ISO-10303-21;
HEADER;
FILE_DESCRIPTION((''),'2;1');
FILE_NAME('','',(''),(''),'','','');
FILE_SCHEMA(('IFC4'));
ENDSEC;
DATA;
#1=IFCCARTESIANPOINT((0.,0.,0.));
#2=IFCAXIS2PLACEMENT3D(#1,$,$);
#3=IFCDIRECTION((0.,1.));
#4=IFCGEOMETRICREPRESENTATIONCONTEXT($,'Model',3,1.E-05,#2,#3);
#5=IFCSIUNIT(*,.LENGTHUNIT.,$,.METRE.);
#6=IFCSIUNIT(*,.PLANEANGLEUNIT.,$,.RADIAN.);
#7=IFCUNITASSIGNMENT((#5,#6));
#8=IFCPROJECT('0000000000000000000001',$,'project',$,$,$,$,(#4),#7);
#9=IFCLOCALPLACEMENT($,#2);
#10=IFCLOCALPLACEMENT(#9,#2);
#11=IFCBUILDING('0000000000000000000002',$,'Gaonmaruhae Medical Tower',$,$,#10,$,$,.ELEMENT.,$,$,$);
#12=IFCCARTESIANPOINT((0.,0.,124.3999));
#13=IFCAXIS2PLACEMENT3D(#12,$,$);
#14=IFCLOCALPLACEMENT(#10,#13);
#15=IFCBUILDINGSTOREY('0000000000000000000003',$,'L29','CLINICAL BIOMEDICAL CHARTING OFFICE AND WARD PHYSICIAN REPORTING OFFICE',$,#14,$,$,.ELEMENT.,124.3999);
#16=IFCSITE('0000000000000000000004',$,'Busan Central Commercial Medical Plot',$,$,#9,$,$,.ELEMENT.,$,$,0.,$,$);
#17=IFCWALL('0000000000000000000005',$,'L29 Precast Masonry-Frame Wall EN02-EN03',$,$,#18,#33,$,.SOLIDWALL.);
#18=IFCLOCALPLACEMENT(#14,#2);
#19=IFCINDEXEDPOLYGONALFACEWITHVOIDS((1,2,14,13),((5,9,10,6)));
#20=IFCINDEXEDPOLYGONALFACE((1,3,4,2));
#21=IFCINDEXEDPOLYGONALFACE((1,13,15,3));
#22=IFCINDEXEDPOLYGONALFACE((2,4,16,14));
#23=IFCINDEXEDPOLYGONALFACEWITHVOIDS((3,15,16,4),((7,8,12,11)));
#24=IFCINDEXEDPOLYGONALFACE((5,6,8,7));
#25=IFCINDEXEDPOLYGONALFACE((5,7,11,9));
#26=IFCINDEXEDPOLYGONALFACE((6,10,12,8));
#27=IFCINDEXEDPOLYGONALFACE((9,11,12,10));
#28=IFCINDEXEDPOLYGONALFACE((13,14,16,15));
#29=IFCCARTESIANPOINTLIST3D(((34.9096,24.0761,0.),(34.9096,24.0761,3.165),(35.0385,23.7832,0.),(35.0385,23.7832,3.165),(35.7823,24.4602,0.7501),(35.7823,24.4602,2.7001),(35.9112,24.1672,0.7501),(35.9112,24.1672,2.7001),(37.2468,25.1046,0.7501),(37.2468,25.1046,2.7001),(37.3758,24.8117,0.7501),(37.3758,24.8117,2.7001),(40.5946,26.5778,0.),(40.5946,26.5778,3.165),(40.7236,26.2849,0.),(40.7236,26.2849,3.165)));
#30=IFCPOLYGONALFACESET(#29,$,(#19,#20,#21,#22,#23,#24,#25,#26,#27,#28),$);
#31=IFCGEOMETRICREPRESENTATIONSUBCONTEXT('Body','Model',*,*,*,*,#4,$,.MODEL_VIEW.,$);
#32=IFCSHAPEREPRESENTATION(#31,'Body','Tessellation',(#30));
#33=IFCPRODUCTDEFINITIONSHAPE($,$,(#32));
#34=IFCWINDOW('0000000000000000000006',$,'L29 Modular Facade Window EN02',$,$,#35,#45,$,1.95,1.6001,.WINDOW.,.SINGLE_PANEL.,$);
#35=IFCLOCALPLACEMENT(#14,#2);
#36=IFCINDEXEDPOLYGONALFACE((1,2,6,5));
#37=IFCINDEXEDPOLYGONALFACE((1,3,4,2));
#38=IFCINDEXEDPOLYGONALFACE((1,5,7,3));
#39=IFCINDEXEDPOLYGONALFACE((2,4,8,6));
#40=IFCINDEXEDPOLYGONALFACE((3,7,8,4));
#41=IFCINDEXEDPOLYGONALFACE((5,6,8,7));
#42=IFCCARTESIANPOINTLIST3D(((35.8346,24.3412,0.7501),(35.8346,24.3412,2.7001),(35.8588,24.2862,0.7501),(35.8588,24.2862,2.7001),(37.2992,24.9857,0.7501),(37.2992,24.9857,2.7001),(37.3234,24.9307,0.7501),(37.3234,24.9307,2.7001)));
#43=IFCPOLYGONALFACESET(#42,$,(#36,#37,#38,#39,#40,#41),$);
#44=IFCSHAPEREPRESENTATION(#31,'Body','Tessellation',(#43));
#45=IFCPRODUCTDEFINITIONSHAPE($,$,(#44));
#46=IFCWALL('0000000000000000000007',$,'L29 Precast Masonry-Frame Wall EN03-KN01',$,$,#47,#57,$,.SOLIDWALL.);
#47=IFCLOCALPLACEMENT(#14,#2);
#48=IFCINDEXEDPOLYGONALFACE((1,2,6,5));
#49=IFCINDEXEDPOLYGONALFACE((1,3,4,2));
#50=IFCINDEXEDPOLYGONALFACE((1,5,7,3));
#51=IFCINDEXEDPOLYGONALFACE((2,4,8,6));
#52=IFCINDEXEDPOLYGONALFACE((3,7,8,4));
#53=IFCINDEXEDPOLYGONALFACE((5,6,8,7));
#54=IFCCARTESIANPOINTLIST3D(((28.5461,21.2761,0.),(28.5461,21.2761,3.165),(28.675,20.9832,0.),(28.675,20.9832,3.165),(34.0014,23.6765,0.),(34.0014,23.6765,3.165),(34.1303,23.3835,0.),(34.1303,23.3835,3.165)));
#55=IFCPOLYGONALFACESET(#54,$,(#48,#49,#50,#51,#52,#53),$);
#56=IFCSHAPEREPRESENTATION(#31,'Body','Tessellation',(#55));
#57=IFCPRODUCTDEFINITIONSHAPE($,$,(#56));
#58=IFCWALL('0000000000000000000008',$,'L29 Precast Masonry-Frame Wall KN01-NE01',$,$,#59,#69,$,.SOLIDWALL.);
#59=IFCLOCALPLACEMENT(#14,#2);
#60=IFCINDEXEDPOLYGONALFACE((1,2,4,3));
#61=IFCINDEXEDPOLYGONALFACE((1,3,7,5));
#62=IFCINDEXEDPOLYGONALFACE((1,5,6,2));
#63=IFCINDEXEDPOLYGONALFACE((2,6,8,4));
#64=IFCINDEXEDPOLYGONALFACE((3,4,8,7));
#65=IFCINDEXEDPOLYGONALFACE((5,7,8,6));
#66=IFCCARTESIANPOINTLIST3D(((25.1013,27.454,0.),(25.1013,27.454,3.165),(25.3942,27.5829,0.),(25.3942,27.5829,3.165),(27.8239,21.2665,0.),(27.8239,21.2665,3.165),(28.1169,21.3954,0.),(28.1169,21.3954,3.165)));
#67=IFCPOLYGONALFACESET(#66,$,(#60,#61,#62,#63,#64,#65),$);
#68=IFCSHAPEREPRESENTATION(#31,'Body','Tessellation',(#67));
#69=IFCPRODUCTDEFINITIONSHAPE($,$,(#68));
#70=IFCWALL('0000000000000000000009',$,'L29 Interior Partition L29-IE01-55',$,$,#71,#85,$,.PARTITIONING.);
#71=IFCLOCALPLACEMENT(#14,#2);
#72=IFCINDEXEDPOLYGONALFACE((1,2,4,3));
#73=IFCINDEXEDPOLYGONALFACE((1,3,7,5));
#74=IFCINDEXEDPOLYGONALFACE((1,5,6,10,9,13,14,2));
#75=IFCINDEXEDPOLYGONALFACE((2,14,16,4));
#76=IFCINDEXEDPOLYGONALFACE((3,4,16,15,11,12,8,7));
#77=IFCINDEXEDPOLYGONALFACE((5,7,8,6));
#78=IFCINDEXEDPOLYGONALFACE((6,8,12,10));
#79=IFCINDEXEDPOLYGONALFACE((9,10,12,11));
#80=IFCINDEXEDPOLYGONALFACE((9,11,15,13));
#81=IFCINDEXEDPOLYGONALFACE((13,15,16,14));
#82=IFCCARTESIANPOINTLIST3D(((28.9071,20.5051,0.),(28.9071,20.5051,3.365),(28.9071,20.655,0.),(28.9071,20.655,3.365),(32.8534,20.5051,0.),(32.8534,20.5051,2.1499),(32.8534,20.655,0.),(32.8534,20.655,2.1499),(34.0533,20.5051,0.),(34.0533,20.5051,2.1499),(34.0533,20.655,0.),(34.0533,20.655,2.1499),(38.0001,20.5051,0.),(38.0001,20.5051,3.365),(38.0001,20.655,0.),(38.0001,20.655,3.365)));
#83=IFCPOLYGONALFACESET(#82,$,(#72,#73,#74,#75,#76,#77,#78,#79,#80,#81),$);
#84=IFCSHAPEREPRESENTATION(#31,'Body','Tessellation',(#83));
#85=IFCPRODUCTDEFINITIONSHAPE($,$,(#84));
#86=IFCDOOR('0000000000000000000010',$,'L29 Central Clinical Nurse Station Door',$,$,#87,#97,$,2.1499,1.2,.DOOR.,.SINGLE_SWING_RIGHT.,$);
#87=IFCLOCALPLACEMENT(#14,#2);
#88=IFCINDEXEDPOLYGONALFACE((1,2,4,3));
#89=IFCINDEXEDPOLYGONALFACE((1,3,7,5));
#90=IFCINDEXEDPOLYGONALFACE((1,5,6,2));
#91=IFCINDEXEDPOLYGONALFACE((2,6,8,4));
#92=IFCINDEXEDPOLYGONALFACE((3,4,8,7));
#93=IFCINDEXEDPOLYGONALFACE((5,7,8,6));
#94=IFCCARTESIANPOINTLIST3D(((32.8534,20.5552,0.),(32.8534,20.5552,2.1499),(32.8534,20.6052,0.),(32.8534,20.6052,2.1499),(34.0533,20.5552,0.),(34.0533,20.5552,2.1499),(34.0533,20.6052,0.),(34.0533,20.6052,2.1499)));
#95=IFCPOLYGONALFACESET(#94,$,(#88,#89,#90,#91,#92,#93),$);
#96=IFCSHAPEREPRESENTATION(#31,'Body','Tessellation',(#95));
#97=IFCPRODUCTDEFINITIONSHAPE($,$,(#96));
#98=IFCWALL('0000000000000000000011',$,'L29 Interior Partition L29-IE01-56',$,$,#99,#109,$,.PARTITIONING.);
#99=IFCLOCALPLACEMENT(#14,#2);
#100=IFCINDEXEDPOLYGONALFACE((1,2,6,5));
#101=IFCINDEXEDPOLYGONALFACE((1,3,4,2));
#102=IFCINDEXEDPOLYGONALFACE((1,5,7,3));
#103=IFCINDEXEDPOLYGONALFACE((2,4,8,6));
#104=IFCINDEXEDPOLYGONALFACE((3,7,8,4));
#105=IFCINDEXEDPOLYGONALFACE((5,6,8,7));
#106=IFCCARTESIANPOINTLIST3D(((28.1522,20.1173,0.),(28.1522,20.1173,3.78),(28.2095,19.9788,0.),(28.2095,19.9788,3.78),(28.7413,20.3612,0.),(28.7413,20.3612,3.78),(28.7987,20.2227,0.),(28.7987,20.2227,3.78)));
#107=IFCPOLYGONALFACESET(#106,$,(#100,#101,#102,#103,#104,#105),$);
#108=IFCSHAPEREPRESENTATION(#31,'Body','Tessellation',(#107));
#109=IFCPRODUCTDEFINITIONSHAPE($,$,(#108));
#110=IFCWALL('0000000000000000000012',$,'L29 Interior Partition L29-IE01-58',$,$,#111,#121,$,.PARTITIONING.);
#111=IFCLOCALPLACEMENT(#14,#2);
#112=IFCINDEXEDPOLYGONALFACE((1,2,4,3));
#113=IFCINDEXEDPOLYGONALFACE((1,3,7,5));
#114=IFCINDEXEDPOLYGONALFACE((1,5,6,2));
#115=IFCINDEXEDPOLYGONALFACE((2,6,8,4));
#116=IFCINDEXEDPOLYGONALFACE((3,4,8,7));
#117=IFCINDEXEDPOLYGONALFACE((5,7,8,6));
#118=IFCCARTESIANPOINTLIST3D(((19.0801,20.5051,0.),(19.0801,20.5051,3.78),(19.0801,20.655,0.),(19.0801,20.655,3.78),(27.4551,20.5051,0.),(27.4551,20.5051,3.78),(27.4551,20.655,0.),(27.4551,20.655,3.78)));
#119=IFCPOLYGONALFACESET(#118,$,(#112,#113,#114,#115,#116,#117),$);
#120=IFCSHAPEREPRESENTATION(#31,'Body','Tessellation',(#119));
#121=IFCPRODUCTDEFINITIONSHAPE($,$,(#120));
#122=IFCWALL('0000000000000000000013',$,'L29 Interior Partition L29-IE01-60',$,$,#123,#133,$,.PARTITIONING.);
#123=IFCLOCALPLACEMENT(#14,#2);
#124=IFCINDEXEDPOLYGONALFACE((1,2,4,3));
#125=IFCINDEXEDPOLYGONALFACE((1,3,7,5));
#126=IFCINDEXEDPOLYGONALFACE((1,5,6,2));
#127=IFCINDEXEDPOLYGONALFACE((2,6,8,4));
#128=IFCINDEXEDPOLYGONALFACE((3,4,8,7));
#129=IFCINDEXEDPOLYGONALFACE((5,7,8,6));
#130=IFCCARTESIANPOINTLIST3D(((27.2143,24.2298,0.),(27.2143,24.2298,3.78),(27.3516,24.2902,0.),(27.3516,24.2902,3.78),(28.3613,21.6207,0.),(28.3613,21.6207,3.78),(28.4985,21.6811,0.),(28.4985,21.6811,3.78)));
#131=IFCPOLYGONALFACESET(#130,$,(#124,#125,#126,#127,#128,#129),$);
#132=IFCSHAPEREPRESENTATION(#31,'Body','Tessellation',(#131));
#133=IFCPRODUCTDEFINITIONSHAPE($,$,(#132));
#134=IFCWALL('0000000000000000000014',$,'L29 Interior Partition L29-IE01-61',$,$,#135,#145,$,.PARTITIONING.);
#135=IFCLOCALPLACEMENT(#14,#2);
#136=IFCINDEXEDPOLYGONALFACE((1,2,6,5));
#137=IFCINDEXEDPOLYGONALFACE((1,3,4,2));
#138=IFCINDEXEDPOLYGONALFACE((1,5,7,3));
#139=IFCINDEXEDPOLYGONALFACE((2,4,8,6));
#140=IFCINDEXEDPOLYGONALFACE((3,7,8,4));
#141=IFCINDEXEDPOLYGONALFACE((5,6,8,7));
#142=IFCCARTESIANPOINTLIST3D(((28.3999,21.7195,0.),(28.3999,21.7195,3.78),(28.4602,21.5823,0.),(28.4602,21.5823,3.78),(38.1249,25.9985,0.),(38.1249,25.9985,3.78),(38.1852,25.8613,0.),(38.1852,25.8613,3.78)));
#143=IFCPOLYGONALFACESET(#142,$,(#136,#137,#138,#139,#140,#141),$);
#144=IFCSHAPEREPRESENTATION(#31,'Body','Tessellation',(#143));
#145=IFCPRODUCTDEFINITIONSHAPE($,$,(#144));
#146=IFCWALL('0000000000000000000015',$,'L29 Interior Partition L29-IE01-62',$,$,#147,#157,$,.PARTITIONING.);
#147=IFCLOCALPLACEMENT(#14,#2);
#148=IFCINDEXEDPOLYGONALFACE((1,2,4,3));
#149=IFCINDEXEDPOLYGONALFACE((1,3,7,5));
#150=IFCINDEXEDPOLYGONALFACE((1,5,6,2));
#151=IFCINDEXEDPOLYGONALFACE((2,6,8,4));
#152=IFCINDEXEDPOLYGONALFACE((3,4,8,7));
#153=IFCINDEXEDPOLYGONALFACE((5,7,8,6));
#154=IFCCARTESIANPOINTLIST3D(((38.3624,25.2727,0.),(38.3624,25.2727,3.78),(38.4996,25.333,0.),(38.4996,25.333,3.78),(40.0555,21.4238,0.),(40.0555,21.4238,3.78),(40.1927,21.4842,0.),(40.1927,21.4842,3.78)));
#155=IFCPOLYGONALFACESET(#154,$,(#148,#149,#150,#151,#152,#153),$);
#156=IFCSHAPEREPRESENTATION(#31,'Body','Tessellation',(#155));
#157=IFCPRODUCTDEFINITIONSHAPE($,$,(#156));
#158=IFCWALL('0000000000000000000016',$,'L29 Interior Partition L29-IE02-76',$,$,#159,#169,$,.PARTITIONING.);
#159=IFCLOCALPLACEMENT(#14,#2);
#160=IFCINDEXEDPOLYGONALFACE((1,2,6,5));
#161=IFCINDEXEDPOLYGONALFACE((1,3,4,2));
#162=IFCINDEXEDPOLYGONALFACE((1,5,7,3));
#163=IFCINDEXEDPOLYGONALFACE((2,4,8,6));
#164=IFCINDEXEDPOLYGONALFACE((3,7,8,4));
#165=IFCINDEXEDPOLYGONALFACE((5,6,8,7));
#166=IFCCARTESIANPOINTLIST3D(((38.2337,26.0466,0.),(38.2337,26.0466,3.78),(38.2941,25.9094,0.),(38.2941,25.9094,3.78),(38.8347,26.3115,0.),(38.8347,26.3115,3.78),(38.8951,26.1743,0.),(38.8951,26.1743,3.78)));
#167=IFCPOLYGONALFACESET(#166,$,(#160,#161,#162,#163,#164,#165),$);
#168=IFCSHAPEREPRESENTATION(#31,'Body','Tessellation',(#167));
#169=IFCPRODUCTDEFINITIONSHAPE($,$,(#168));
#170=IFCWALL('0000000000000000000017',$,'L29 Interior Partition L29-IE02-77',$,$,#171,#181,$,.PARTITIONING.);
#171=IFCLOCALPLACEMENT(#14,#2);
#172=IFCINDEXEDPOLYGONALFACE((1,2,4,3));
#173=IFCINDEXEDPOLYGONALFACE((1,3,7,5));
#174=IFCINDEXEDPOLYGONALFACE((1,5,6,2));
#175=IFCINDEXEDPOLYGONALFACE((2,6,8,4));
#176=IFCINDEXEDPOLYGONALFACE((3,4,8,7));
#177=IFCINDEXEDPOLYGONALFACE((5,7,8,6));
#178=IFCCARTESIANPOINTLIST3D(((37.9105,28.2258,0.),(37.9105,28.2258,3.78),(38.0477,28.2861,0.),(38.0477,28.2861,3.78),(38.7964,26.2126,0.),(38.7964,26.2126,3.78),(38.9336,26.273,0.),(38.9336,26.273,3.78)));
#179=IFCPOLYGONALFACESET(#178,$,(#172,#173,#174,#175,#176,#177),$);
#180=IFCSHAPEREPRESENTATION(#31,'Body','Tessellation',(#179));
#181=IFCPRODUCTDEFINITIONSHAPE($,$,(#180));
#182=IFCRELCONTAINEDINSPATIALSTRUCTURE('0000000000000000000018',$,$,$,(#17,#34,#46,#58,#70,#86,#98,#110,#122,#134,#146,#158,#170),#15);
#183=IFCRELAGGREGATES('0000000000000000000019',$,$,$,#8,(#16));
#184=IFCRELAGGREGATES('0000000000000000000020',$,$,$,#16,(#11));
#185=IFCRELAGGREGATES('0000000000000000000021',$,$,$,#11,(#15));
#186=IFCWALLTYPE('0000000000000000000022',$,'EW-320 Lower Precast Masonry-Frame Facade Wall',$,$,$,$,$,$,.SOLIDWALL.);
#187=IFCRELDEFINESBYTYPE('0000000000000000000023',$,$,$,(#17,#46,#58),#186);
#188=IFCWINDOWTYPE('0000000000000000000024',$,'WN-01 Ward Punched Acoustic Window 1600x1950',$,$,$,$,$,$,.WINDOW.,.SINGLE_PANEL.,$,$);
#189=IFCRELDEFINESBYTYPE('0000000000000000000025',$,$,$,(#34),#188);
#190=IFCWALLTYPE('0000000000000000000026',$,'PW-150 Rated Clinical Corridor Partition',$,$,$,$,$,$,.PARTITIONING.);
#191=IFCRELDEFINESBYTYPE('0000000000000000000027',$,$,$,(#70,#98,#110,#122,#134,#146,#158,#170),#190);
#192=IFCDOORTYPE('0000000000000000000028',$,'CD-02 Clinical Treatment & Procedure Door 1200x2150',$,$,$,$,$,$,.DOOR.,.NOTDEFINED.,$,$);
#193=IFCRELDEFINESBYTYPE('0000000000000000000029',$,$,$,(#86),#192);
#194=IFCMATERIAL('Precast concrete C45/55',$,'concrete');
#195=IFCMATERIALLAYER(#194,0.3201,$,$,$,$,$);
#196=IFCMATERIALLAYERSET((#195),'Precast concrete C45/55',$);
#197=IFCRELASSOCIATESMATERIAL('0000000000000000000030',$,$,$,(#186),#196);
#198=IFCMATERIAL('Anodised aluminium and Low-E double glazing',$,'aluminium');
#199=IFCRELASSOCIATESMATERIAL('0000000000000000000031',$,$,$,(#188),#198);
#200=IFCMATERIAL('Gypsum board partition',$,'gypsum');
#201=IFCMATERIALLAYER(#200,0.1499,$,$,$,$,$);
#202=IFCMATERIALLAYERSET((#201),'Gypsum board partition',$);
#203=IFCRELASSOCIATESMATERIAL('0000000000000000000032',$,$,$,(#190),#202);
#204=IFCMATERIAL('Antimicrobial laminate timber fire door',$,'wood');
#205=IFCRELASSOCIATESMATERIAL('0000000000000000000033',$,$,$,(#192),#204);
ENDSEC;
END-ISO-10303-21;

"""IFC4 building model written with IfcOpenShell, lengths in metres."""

from ifc_helpers import new_model, si_unit, direction, frame, frame_2d, origin, place, context, subcontext, project, spatial, rectangle, extrude, material, layer, layer_set, type_object, element, fill, save


model = new_model("IFC4")

# Units and contexts
model_context = context("Model", 3, precision=1e-05, world=origin(), true_north=direction((0.0, 1.0)))
body_context = subcontext(model_context, "Body", "Model", "MODEL_VIEW")
ifc_project = project(units=[si_unit("LENGTHUNIT", "METRE"), si_unit("PLANEANGLEUNIT", "RADIAN")], contexts=[model_context])

# Site, building, storey
site_placement = place(None, origin())
site = spatial("IfcSite", under=ifc_project, at=site_placement, Name="Busan Central Commercial Medical Plot", CompositionType="ELEMENT", RefElevation=0.0)
building_placement = place(site_placement, origin())
building = spatial("IfcBuilding", under=site, at=building_placement, Name="Gaonmaruhae Medical Tower", CompositionType="ELEMENT")
storey_placement = place(building_placement, frame((0.0, 0.0, 124.3999)))
storey = spatial("IfcBuildingStorey", under=building, at=storey_placement, Name="L29", Description="CLINICAL BIOMEDICAL CHARTING OFFICE AND WARD PHYSICIAN REPORTING OFFICE", CompositionType="ELEMENT", Elevation=124.3999)

# Wall, opening, window
ifc_material_1 = material(Name="Precast concrete C45/55", Category="concrete")
ifc_layer_1 = layer(ifc_material_1, 0.3201)
ifc_layer_set_1 = layer_set([ifc_layer_1], Name="Precast concrete C45/55")
wall_type_1 = type_object("IfcWallType", Name="EW-320 Lower Precast Masonry-Frame Facade Wall", PredefinedType="SOLIDWALL", material=ifc_layer_set_1)
wall_1_placement = place(storey_placement, frame((34.9741, 23.9297, 0.0), z_axis=(0.0, 0.0, 1.0), x_axis=(0.915298, 0.402777, 0.0)))
wall_1 = element("IfcWall", 1, at=wall_1_placement, inside=storey, type_object=wall_type_1, Name="L29 Precast Masonry-Frame Wall EN02-EN03", PredefinedType="SOLIDWALL", context=body_context, shape_type="SweptSolid", body=[
    extrude(rectangle(XDim=6.2112, YDim=0.3201, at=frame_2d((3.1055, 0.0))), origin(), (0.0, 0.0, 1.0), 3.165),
])
opening_1_placement = place(wall_1_placement, frame((0.9534, 0.0, 0.75)))
opening_1 = element("IfcOpeningElement", 2, at=opening_1_placement, cuts=wall_1, PredefinedType="OPENING", context=body_context, shape_type="SweptSolid", body=[
    extrude(rectangle(XDim=1.6001, YDim=1.95, at=frame_2d((0.8, 0.9751))), frame((0.0, 0.1699, 0.0), z_axis=(0.0, -1.0, 0.0), x_axis=(1.0, 0.0, 0.0)), (0.0, 0.0, 1.0), 0.3401),
])
ifc_material_2 = material(Name="Anodised aluminium and Low-E double glazing", Category="aluminium")
window_type = type_object("IfcWindowType", Name="WN-01 Ward Punched Acoustic Window 1600x1950", PartitioningType="SINGLE_PANEL", PredefinedType="WINDOW", material=ifc_material_2)
window_placement = place(opening_1_placement, origin())
window = element("IfcWindow", 3, at=window_placement, inside=storey, type_object=window_type, Name="L29 Modular Facade Window EN02", OverallHeight=1.95, OverallWidth=1.6001, PartitioningType="SINGLE_PANEL", PredefinedType="WINDOW", context=body_context, shape_type="SweptSolid", body=[
    extrude(rectangle(XDim=1.6001, YDim=1.95, at=frame_2d((0.8, 0.9751))), frame((0.0, 0.03, 0.0), z_axis=(0.0, -1.0, 0.0), x_axis=(1.0, 0.0, 0.0)), (0.0, 0.0, 1.0), 0.0601),
])
fill(opening_1, window)

# Walls
wall_2_placement = place(storey_placement, frame((28.6106, 21.1296, 0.0), z_axis=(0.0, 0.0, 1.0), x_axis=(0.915312, 0.402745, 0.0)))
element("IfcWall", 4, at=wall_2_placement, inside=storey, type_object=wall_type_1, Name="L29 Precast Masonry-Frame Wall EN03-KN01", PredefinedType="SOLIDWALL", context=body_context, shape_type="SweptSolid", body=[
    extrude(rectangle(XDim=5.96, YDim=0.3201, at=frame_2d((2.98, 0.0))), origin(), (0.0, 0.0, 1.0), 3.165),
])
wall_3_placement = place(storey_placement, frame((25.2478, 27.5183, 0.0), z_axis=(0.0, 0.0, 1.0), x_axis=(0.402758, -0.915307, 0.0)))
element("IfcWall", 5, at=wall_3_placement, inside=storey, type_object=wall_type_1, Name="L29 Precast Masonry-Frame Wall KN01-NE01", PredefinedType="SOLIDWALL", context=body_context, shape_type="SweptSolid", body=[
    extrude(rectangle(XDim=6.76, YDim=0.3201, at=frame_2d((3.3799, 0.0))), origin(), (0.0, 0.0, 1.0), 3.165),
])

# Wall, opening, door
ifc_material_3 = material(Name="Gypsum board partition", Category="gypsum")
ifc_layer_2 = layer(ifc_material_3, 0.1499)
ifc_layer_set_2 = layer_set([ifc_layer_2], Name="Gypsum board partition")
wall_type_2 = type_object("IfcWallType", Name="PW-150 Rated Clinical Corridor Partition", PredefinedType="PARTITIONING", material=ifc_layer_set_2)
wall_4_placement = place(storey_placement, frame((38.0, 20.5801, 0.0), z_axis=(0.0, 0.0, 1.0), x_axis=(-1.0, 0.0, 0.0)))
wall_4 = element("IfcWall", 6, at=wall_4_placement, inside=storey, type_object=wall_type_2, Name="L29 Interior Partition L29-IE01-55", PredefinedType="PARTITIONING", context=body_context, shape_type="SweptSolid", body=[
    extrude(rectangle(XDim=9.093, YDim=0.1499, at=frame_2d((4.5464, 0.0))), origin(), (0.0, 0.0, 1.0), 3.365),
])
opening_2_placement = place(wall_4_placement, frame((3.9465, 0.0, 0.0)))
opening_2 = element("IfcOpeningElement", 7, at=opening_2_placement, cuts=wall_4, PredefinedType="OPENING", context=body_context, shape_type="SweptSolid", body=[
    extrude(rectangle(XDim=1.2, YDim=2.1499, at=frame_2d((0.6001, 1.075))), frame((0.0, 0.085, 0.0), z_axis=(0.0, -1.0, 0.0), x_axis=(1.0, 0.0, 0.0)), (0.0, 0.0, 1.0), 0.1699),
])
ifc_material_4 = material(Name="Antimicrobial laminate timber fire door", Category="wood")
door_type = type_object("IfcDoorType", Name="CD-02 Clinical Treatment & Procedure Door 1200x2150", OperationType="NOTDEFINED", PredefinedType="DOOR", material=ifc_material_4)
door_placement = place(opening_2_placement, origin())
door = element("IfcDoor", 8, at=door_placement, inside=storey, type_object=door_type, Name="L29 Central Clinical Nurse Station Door", OperationType="SINGLE_SWING_RIGHT", OverallHeight=2.1499, OverallWidth=1.2, PredefinedType="DOOR", context=body_context, shape_type="SweptSolid", body=[
    extrude(rectangle(XDim=1.2, YDim=2.1499, at=frame_2d((0.6001, 1.075))), frame((0.0, 0.0249, 0.0), z_axis=(0.0, -1.0, 0.0), x_axis=(1.0, 0.0, 0.0)), (0.0, 0.0, 1.0), 0.05),
])
fill(opening_2, door)

# Walls
wall_5_placement = place(storey_placement, frame((28.77, 20.292, 0.0), z_axis=(0.0, 0.0, 1.0), x_axis=(-0.923947, -0.382521, 0.0)))
element("IfcWall", 9, at=wall_5_placement, inside=storey, type_object=wall_type_2, Name="L29 Interior Partition L29-IE01-56", PredefinedType="PARTITIONING", context=body_context, shape_type="SweptSolid", body=[
    extrude(rectangle(XDim=0.6377, YDim=0.1499, at=frame_2d((0.3188, 0.0))), origin(), (0.0, 0.0, 1.0), 3.78),
])
wall_6_placement = place(storey_placement, frame((27.4551, 20.5801, 0.0), z_axis=(0.0, 0.0, 1.0), x_axis=(-1.0, 0.0, 0.0)))
element("IfcWall", 10, at=wall_6_placement, inside=storey, type_object=wall_type_2, Name="L29 Interior Partition L29-IE01-58", PredefinedType="PARTITIONING", context=body_context, shape_type="SweptSolid", body=[
    extrude(rectangle(XDim=8.375, YDim=0.1499, at=frame_2d((4.1875, 0.0))), origin(), (0.0, 0.0, 1.0), 3.78),
])
wall_7_placement = place(storey_placement, frame((27.283, 24.26, 0.0), z_axis=(0.0, 0.0, 1.0), x_axis=(0.402431, -0.91545, 0.0)))
element("IfcWall", 11, at=wall_7_placement, inside=storey, type_object=wall_type_2, Name="L29 Interior Partition L29-IE01-60", PredefinedType="PARTITIONING", context=body_context, shape_type="SweptSolid", body=[
    extrude(rectangle(XDim=2.8501, YDim=0.1499, at=frame_2d((1.425, 0.0))), origin(), (0.0, 0.0, 1.0), 3.78),
])
wall_8_placement = place(storey_placement, frame((28.4299, 21.6509, 0.0), z_axis=(0.0, 0.0, 1.0), x_axis=(0.915315, 0.402739, 0.0)))
element("IfcWall", 12, at=wall_8_placement, inside=storey, type_object=wall_type_2, Name="L29 Interior Partition L29-IE01-61", PredefinedType="PARTITIONING", context=body_context, shape_type="SweptSolid", body=[
    extrude(rectangle(XDim=10.6248, YDim=0.1499, at=frame_2d((5.3125, 0.0))), origin(), (0.0, 0.0, 1.0), 3.78),
])
wall_9_placement = place(storey_placement, frame((38.4309, 25.303, 0.0), z_axis=(0.0, 0.0, 1.0), x_axis=(0.402661, -0.915349, 0.0)))
element("IfcWall", 13, at=wall_9_placement, inside=storey, type_object=wall_type_2, Name="L29 Interior Partition L29-IE01-62", PredefinedType="PARTITIONING", context=body_context, shape_type="SweptSolid", body=[
    extrude(rectangle(XDim=4.2048, YDim=0.1499, at=frame_2d((2.1025, 0.0))), origin(), (0.0, 0.0, 1.0), 3.78),
])
wall_10_placement = place(storey_placement, frame((38.2639, 25.978, 0.0), z_axis=(0.0, 0.0, 1.0), x_axis=(0.915079, 0.403274, 0.0)))
element("IfcWall", 14, at=wall_10_placement, inside=storey, type_object=wall_type_2, Name="L29 Interior Partition L29-IE02-76", PredefinedType="PARTITIONING", context=body_context, shape_type="SweptSolid", body=[
    extrude(rectangle(XDim=0.6567, YDim=0.1499, at=frame_2d((0.3284, 0.0))), origin(), (0.0, 0.0, 1.0), 3.78),
])
wall_11_placement = place(storey_placement, frame((38.865, 26.2429, 0.0), z_axis=(0.0, 0.0, 1.0), x_axis=(-0.402809, 0.915284, 0.0)))
element("IfcWall", 15, at=wall_11_placement, inside=storey, type_object=wall_type_2, Name="L29 Interior Partition L29-IE02-77", PredefinedType="PARTITIONING", context=body_context, shape_type="SweptSolid", body=[
    extrude(rectangle(XDim=2.1995, YDim=0.1499, at=frame_2d((1.0996, 0.0))), origin(), (0.0, 0.0, 1.0), 3.78),
])

save(model, "model.ifc")
